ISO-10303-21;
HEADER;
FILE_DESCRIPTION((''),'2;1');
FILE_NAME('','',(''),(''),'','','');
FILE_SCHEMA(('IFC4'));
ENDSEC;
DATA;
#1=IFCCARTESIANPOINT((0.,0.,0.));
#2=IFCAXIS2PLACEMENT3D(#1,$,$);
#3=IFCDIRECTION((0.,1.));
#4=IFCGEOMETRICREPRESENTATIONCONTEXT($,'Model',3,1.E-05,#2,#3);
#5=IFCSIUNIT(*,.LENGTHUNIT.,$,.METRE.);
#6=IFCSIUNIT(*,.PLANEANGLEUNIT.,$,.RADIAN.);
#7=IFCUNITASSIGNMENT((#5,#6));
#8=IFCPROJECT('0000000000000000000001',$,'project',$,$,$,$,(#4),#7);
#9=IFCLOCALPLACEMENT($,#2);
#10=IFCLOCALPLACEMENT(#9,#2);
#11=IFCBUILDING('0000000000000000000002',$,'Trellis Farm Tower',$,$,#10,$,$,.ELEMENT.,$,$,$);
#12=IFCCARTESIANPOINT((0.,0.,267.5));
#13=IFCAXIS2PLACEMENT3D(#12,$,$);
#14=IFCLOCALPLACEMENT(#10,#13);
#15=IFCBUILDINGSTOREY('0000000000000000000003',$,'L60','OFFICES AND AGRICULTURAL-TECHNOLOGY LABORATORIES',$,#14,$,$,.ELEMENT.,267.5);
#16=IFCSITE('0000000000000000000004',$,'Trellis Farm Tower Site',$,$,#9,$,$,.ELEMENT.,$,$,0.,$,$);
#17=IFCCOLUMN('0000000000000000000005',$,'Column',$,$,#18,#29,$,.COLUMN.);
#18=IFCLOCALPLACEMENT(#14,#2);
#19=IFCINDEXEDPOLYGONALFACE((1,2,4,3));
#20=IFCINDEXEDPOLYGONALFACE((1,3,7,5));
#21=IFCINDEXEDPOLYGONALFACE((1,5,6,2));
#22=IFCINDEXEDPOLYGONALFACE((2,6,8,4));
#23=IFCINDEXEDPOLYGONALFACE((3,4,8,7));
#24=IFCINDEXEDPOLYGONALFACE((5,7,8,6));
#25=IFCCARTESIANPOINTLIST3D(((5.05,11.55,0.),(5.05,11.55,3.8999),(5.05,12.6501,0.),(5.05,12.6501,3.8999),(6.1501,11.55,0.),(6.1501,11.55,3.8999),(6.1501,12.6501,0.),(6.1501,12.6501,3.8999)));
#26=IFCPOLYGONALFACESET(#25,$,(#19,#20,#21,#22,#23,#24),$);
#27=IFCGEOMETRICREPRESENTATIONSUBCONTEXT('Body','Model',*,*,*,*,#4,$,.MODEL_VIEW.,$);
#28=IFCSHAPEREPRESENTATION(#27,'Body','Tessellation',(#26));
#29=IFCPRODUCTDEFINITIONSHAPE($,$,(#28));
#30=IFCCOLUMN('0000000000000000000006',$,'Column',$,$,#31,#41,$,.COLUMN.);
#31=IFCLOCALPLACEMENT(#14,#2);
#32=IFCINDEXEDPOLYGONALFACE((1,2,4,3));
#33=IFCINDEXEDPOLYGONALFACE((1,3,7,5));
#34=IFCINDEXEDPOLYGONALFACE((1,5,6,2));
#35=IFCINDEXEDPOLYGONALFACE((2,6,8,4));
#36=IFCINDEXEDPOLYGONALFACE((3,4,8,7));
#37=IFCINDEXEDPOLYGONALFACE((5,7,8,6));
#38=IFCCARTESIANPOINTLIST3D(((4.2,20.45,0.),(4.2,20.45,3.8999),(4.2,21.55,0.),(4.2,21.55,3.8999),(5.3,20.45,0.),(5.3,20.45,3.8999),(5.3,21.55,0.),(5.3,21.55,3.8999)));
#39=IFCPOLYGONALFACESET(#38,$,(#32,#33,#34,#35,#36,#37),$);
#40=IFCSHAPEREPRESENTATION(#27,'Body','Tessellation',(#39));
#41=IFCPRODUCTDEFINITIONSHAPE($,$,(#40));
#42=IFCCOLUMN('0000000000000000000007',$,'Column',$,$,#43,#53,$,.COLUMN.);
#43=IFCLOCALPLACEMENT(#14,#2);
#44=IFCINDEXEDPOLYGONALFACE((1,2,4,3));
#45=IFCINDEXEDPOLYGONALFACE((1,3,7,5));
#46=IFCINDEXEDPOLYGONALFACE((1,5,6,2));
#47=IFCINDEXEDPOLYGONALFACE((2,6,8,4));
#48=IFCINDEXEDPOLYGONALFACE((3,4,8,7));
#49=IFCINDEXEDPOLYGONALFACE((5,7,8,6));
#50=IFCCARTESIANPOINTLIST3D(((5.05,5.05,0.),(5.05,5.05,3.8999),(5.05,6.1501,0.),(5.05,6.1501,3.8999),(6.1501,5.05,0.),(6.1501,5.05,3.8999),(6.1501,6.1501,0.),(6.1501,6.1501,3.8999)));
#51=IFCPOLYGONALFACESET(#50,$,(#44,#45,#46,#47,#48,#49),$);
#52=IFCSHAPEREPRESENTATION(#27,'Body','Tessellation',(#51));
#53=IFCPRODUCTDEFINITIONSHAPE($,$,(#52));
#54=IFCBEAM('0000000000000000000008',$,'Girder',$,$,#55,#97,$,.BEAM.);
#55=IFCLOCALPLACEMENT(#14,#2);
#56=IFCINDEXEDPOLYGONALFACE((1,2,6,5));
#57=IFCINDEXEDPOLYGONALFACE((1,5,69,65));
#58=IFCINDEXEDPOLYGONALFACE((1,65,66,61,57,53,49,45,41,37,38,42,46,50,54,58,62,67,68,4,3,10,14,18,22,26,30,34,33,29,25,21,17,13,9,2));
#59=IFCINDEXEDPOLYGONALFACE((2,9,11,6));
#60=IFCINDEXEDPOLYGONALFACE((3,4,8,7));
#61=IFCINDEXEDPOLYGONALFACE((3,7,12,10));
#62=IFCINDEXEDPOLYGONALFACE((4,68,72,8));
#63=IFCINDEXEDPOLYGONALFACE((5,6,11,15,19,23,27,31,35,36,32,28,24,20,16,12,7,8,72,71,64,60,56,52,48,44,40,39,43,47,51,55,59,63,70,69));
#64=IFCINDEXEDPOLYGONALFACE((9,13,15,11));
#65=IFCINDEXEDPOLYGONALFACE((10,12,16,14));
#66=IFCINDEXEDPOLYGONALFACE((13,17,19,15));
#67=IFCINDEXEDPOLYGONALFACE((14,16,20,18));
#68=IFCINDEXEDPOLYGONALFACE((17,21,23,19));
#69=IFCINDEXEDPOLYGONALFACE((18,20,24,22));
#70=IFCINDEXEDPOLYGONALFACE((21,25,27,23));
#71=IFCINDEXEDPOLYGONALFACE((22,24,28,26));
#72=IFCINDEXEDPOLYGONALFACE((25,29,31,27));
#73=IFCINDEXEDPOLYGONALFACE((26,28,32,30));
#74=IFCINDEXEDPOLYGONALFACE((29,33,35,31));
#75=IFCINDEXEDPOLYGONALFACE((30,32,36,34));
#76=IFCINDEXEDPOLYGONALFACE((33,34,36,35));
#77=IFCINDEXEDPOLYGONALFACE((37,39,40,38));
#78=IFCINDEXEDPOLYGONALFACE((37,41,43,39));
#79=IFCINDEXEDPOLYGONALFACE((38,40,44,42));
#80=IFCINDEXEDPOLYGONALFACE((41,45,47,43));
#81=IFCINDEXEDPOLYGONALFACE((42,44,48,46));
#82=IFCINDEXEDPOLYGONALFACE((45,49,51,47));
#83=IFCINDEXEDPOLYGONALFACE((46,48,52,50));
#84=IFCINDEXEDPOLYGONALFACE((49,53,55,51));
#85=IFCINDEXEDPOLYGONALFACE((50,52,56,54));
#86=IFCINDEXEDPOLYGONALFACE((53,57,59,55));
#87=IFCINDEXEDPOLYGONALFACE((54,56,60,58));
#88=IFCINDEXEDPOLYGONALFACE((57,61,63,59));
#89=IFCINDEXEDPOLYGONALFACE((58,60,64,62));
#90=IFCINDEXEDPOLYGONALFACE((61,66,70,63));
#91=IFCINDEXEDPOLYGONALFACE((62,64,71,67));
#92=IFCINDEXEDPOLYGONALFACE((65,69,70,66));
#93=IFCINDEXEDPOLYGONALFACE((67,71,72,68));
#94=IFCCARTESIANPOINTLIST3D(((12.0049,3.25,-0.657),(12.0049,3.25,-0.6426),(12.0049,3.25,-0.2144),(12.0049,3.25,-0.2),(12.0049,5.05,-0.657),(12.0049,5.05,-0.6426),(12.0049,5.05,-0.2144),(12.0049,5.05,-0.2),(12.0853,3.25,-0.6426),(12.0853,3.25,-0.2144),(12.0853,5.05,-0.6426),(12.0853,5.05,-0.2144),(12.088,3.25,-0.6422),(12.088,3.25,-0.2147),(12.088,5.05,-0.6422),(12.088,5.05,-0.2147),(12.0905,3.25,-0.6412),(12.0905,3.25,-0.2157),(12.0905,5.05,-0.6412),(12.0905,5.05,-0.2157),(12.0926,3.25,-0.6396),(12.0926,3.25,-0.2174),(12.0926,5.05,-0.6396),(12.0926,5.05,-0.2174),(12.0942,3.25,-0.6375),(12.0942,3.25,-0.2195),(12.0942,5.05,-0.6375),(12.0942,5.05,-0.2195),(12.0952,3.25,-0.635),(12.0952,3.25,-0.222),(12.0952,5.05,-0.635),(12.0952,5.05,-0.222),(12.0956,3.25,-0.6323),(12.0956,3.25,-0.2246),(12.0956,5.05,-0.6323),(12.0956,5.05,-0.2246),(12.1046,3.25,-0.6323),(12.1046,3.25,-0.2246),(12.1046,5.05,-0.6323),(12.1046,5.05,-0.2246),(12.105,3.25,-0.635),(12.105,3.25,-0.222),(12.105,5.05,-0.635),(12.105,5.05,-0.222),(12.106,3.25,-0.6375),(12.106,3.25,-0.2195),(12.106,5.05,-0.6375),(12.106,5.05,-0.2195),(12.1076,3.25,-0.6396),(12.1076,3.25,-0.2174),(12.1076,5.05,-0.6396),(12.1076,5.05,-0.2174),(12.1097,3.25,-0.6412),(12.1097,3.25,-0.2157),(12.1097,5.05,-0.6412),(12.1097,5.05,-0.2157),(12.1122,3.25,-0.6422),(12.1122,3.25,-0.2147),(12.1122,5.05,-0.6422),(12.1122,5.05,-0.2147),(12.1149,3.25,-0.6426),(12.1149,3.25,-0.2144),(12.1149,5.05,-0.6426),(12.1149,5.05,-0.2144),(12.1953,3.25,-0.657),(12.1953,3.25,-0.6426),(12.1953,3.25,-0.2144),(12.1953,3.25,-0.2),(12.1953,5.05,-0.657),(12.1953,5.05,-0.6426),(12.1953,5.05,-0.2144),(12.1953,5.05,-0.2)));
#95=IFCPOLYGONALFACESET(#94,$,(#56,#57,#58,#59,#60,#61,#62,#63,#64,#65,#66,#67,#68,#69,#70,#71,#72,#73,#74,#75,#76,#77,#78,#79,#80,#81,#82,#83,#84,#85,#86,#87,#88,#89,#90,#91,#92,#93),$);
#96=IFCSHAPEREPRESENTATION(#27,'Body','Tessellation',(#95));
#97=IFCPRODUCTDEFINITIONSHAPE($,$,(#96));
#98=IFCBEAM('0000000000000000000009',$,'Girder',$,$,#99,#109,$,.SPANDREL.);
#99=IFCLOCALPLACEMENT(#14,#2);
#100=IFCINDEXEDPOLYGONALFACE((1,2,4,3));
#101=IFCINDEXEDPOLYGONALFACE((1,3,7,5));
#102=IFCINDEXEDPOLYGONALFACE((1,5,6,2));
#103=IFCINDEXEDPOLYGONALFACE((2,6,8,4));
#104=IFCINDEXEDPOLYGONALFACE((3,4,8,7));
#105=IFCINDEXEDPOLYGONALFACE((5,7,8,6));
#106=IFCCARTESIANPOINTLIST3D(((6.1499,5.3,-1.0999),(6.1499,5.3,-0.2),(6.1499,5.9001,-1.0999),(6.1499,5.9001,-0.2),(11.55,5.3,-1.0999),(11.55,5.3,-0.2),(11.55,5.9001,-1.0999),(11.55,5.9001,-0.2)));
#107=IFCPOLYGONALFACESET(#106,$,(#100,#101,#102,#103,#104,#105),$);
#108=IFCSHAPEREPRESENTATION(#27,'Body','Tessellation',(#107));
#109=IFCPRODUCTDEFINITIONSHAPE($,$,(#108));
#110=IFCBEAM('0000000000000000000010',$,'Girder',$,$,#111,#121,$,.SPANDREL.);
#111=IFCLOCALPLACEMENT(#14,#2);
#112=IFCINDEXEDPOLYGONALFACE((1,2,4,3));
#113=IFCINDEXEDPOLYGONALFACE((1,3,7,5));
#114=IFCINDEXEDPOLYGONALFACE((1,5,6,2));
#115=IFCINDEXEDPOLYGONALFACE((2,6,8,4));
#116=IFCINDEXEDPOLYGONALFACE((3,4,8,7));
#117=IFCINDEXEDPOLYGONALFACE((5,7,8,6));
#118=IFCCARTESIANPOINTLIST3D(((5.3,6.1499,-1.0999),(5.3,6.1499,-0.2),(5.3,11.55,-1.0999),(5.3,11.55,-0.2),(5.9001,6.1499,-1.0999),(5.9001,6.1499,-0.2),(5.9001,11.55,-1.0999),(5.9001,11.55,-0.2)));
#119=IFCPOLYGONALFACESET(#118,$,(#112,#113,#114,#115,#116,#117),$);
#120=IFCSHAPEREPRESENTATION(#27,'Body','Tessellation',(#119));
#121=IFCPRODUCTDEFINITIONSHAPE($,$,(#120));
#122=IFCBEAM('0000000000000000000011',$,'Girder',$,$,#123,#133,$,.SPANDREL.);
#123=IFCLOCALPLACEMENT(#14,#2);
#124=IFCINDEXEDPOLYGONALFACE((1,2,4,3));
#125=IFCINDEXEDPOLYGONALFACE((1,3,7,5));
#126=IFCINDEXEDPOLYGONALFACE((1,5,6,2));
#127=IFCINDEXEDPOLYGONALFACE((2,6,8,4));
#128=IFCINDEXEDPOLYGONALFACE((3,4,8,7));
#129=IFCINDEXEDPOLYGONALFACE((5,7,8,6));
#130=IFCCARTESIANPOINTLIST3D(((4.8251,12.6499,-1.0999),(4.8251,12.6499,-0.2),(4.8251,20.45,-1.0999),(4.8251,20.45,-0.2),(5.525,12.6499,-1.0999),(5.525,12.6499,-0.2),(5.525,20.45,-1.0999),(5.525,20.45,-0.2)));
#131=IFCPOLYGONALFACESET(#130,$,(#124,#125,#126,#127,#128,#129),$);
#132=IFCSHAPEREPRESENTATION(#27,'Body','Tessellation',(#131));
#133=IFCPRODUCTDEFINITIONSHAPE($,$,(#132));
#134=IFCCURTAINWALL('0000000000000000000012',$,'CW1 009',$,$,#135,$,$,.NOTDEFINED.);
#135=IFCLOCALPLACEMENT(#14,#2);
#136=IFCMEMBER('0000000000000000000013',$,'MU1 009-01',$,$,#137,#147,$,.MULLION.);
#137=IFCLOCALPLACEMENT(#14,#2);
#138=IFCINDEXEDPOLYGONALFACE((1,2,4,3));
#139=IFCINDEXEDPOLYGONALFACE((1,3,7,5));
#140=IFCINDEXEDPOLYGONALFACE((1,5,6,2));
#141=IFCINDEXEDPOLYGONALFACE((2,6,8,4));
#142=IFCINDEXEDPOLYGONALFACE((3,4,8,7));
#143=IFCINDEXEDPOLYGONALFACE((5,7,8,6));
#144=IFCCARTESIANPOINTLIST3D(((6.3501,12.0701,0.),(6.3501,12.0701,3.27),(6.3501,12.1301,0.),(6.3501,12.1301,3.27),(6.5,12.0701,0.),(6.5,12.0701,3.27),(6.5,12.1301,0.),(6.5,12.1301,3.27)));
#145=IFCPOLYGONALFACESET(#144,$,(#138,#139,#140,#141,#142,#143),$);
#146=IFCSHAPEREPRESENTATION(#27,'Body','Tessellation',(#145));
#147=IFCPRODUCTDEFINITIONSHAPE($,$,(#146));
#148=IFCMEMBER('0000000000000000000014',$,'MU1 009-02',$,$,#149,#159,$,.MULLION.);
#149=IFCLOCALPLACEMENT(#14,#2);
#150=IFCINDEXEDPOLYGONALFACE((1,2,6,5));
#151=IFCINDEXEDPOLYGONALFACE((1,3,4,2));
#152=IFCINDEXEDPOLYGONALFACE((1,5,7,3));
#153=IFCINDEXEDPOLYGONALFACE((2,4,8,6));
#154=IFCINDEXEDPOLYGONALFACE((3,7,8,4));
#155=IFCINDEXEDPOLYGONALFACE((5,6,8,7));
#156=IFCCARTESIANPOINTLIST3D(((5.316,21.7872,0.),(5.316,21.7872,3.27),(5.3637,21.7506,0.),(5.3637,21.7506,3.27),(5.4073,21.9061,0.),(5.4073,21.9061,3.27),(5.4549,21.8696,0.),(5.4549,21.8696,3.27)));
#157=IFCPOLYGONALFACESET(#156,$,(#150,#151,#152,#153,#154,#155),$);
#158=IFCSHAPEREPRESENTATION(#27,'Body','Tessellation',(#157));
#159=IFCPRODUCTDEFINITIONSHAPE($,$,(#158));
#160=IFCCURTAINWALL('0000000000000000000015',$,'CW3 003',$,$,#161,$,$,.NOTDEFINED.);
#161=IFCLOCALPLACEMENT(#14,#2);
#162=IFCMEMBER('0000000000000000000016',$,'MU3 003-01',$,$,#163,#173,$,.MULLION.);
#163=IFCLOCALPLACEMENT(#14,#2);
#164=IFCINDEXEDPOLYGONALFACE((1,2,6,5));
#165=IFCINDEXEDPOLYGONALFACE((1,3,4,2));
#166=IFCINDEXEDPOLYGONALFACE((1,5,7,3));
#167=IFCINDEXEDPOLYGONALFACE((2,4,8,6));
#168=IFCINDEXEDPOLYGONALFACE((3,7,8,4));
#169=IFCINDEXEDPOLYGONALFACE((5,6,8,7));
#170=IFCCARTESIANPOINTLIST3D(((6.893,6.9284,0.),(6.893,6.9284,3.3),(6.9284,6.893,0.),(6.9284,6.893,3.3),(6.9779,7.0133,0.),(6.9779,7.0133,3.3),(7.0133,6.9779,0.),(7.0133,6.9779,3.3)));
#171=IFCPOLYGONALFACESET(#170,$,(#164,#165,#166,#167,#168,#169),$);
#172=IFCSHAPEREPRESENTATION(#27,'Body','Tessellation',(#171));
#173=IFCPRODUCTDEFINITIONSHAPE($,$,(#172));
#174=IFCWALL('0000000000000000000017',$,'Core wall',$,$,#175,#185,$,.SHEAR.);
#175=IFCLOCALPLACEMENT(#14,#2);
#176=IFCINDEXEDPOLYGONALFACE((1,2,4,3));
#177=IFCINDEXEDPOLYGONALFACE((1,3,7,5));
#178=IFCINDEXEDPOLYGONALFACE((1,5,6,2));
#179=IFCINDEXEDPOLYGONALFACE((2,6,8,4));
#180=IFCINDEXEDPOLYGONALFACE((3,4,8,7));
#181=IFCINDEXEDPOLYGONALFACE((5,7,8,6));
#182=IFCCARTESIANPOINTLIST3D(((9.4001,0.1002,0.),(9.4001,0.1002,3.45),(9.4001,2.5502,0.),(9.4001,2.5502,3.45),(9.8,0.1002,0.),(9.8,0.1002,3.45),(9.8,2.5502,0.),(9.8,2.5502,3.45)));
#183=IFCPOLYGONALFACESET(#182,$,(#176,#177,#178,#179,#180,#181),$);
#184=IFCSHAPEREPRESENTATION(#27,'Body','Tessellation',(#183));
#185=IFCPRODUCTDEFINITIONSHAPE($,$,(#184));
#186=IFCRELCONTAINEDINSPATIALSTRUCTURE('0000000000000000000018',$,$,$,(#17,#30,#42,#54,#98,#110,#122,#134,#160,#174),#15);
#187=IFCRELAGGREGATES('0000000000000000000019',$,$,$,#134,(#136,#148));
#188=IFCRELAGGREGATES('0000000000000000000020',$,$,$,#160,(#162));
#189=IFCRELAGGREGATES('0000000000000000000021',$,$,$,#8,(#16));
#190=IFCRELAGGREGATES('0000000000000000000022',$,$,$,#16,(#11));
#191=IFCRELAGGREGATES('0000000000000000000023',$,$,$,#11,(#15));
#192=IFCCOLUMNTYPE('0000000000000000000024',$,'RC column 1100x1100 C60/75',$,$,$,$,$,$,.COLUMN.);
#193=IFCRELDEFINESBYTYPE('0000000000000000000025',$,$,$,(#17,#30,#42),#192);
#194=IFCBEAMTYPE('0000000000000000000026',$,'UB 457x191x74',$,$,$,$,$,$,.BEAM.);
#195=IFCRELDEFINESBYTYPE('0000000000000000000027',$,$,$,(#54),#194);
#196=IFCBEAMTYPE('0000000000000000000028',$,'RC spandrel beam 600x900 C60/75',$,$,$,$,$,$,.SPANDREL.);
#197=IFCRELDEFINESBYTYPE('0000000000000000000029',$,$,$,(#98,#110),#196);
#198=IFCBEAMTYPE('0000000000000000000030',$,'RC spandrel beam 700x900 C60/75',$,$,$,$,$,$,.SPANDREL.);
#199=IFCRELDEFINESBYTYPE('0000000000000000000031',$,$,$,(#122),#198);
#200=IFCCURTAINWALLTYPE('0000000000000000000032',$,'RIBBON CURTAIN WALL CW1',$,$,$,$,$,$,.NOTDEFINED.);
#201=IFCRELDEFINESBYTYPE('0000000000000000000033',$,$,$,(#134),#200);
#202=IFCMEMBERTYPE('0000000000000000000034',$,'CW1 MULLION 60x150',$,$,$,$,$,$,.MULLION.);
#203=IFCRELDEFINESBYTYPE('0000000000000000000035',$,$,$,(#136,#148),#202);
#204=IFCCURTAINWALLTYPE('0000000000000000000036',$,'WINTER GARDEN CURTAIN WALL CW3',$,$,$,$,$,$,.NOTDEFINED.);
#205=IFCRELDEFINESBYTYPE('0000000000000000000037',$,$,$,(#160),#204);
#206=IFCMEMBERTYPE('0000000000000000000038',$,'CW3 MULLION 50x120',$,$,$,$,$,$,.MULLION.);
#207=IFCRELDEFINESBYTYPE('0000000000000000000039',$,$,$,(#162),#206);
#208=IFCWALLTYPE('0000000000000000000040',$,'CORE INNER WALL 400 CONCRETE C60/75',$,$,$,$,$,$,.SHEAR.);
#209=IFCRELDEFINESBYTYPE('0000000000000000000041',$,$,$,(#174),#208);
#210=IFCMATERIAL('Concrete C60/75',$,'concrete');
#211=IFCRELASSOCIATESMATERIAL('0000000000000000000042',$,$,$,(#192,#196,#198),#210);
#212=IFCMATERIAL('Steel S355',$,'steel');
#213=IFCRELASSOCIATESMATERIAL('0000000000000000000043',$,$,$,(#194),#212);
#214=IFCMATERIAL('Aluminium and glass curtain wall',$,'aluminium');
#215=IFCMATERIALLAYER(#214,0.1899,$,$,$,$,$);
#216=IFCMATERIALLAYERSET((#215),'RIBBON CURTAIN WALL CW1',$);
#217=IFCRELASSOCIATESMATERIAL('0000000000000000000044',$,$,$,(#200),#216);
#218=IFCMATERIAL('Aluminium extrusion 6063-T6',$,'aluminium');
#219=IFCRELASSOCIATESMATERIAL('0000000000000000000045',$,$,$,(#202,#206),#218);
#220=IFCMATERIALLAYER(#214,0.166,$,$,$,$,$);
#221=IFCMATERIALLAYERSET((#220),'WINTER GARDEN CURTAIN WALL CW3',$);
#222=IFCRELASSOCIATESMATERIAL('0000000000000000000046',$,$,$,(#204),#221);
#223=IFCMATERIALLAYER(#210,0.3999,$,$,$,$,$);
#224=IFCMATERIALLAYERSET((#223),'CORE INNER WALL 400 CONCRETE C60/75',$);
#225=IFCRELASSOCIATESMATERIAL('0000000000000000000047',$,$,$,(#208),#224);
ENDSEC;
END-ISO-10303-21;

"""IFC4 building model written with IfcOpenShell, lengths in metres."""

from ifc_helpers import new_model, si_unit, direction, frame, frame_2d, origin, origin_2d, place, context, subcontext, project, spatial, rectangle, i_section, extrude, source, transform, mapped, material, layer, layer_set, material_profile, profile_set, type_object, element, aggregate, save


model = new_model("IFC4")

# Units and contexts
model_context = context("Model", 3, precision=1e-05, world=origin(), true_north=direction((0.0, 1.0)))
body_context = subcontext(model_context, "Body", "Model", "MODEL_VIEW")
ifc_project = project(units=[si_unit("LENGTHUNIT", "METRE"), si_unit("PLANEANGLEUNIT", "RADIAN")], contexts=[model_context])

# Site, building, storey
site_placement = place(None, origin())
site = spatial("IfcSite", under=ifc_project, at=site_placement, Name="Trellis Farm Tower Site", CompositionType="ELEMENT", RefElevation=0.0)
building_placement = place(site_placement, origin())
building = spatial("IfcBuilding", under=site, at=building_placement, Name="Trellis Farm Tower", CompositionType="ELEMENT")
storey_placement = place(building_placement, frame((0.0, 0.0, 267.5)))
storey = spatial("IfcBuildingStorey", under=building, at=storey_placement, Name="L60", Description="OFFICES AND AGRICULTURAL-TECHNOLOGY LABORATORIES", CompositionType="ELEMENT", Elevation=267.5)

# Columns
ifc_material_1 = material(Name="Concrete C60/75", Category="concrete")
ifc_material_profile_1 = material_profile(ifc_material_1, rectangle(XDim=1.1001, YDim=1.1001, at=origin_2d()), Name="RC column 1100x1100 C60/75")
ifc_profile_set_1 = profile_set([ifc_material_profile_1], Name="Concrete C60/75")
column_type = type_object("IfcColumnType", Name="RC column 1100x1100 C60/75", PredefinedType="COLUMN", material=ifc_profile_set_1)
shared_shape_1 = source(origin(), body_context, "Body", "SweptSolid", [
    extrude(rectangle(XDim=1.1001, YDim=1.1001, at=origin_2d()), origin(), (0.0, 0.0, 1.0), 3.8999),
])
for number, where, z_axis, x_axis, name in (
    (1, (5.6001, 12.1001, 0.0), (0.0, 0.0, 1.0), (1.0, 0.0, 0.0), "Column"),
    (2, (4.75, 21.0, 0.0), (0.0, 0.0, 1.0), (1.0, 0.0, 0.0), "Column"),
    (3, (5.6001, 5.6001, 0.0), (0.0, 0.0, 1.0), (1.0, 0.0, 0.0), "Column"),
):
    element("IfcColumn", number, at=place(storey_placement, frame(where, z_axis=z_axis, x_axis=x_axis)), inside=storey, type_object=column_type, Name=name, PredefinedType="COLUMN", context=body_context, shape_type="MappedRepresentation", body=[
        mapped(shared_shape_1, transform((0.0, 0.0, 0.0))),
    ])

# Beams
ifc_material_2 = material(Name="Steel S355", Category="steel")
ifc_material_profile_2 = material_profile(ifc_material_2, i_section(OverallWidth=0.1904, OverallDepth=0.457, WebThickness=0.009, FlangeThickness=0.0144, FilletRadius=0.0103, at=origin_2d()), Name="UB 457x191x74")
ifc_profile_set_2 = profile_set([ifc_material_profile_2], Name="Steel S355")
beam_type_1 = type_object("IfcBeamType", Name="UB 457x191x74", PredefinedType="BEAM", material=ifc_profile_set_2)
shared_shape_2 = source(origin(), body_context, "Body", "SweptSolid", [
    extrude(i_section(OverallWidth=0.1904, OverallDepth=0.457, WebThickness=0.009, FlangeThickness=0.0144, FilletRadius=0.0103, at=origin_2d()), origin(), (0.0, 0.0, 1.0), 1.8),
])
beam_1_placement = place(storey_placement, frame((12.1001, 3.25, -0.4285), z_axis=(0.0, 1.0, 0.0), x_axis=(-1.0, 0.0, 0.0)))
element("IfcBeam", 4, at=beam_1_placement, inside=storey, type_object=beam_type_1, Name="Girder", PredefinedType="BEAM", context=body_context, shape_type="MappedRepresentation", body=[
    mapped(shared_shape_2, transform((0.0, 0.0, 0.0))),
])
ifc_material_profile_3 = material_profile(ifc_material_1, rectangle(XDim=0.6001, YDim=0.8999, at=origin_2d()), Name="RC spandrel beam 600x900 C60/75")
ifc_profile_set_3 = profile_set([ifc_material_profile_3], Name="Concrete C60/75")
beam_type_2 = type_object("IfcBeamType", Name="RC spandrel beam 600x900 C60/75", PredefinedType="SPANDREL", material=ifc_profile_set_3)
shared_shape_3 = source(origin(), body_context, "Body", "SweptSolid", [
    extrude(rectangle(XDim=0.6001, YDim=0.8999, at=origin_2d()), origin(), (0.0, 0.0, 1.0), 5.4001),
])
for number, where, z_axis, x_axis, name in (
    (5, (6.1499, 5.6001, -0.6499), (1.0, 0.0, 0.0), (0.0, 1.0, 0.0), "Girder"),
    (6, (5.6001, 6.1499, -0.6499), (0.0, 1.0, 0.0), (-1.0, 0.0, 0.0), "Girder"),
):
    element("IfcBeam", number, at=place(storey_placement, frame(where, z_axis=z_axis, x_axis=x_axis)), inside=storey, type_object=beam_type_2, Name=name, PredefinedType="SPANDREL", context=body_context, shape_type="MappedRepresentation", body=[
        mapped(shared_shape_3, transform((0.0, 0.0, 0.0))),
    ])
ifc_material_profile_4 = material_profile(ifc_material_1, rectangle(XDim=0.7, YDim=0.8999, at=origin_2d()), Name="RC spandrel beam 700x900 C60/75")
ifc_profile_set_4 = profile_set([ifc_material_profile_4], Name="Concrete C60/75")
beam_type_3 = type_object("IfcBeamType", Name="RC spandrel beam 700x900 C60/75", PredefinedType="SPANDREL", material=ifc_profile_set_4)
shared_shape_4 = source(origin(), body_context, "Body", "SweptSolid", [
    extrude(rectangle(XDim=0.7, YDim=0.8999, at=origin_2d()), origin(), (0.0, 0.0, 1.0), 7.8),
])
beam_2_placement = place(storey_placement, frame((5.175, 12.6499, -0.6499), z_axis=(0.0, 1.0, 0.0), x_axis=(-1.0, 0.0, 0.0)))
element("IfcBeam", 7, at=beam_2_placement, inside=storey, type_object=beam_type_3, Name="Girder", PredefinedType="SPANDREL", context=body_context, shape_type="MappedRepresentation", body=[
    mapped(shared_shape_4, transform((0.0, 0.0, 0.0))),
])

# Curtain wall, members
ifc_material_3 = material(Name="Aluminium and glass curtain wall", Category="aluminium")
ifc_layer_1 = layer(ifc_material_3, 0.1899)
ifc_layer_set_1 = layer_set([ifc_layer_1], Name="RIBBON CURTAIN WALL CW1")
curtain_wall_type_1 = type_object("IfcCurtainWallType", Name="RIBBON CURTAIN WALL CW1", PredefinedType="NOTDEFINED", material=ifc_layer_set_1)
placement = place(storey_placement, origin())
curtain_wall_1 = element("IfcCurtainWall", 8, at=placement, inside=storey, type_object=curtain_wall_type_1, Name="CW1 009", PredefinedType="NOTDEFINED")
ifc_material_4 = material(Name="Aluminium extrusion 6063-T6", Category="aluminium")
ifc_material_profile_5 = material_profile(ifc_material_4, rectangle(XDim=0.0601, YDim=0.1499, at=origin_2d()), Name="MULLION 60x150")
ifc_profile_set_5 = profile_set([ifc_material_profile_5], Name="Aluminium extrusion 6063-T6")
member_type_1 = type_object("IfcMemberType", Name="CW1 MULLION 60x150", PredefinedType="MULLION", material=ifc_profile_set_5)
shared_shape_5 = source(origin(), body_context, "Body", "SweptSolid", [
    extrude(rectangle(XDim=0.0601, YDim=0.1499, at=origin_2d()), origin(), (0.0, 0.0, 1.0), 3.27),
])
member_1_placement = place(storey_placement, frame((6.425, 12.1001, 0.0), z_axis=(0.0, 0.0, 1.0), x_axis=(0.0, 1.0, 0.0)))
member_1 = element("IfcMember", 9, at=member_1_placement, type_object=member_type_1, Name="MU1 009-01", PredefinedType="MULLION", context=body_context, shape_type="MappedRepresentation", body=[
    mapped(shared_shape_5, transform((0.0, 0.0, 0.0))),
])
member_2_placement = place(storey_placement, frame((5.3855, 21.8284, 0.0), z_axis=(0.0, 0.0, 1.0), x_axis=(-0.793353, 0.608761, 0.0)))
member_2 = element("IfcMember", 10, at=member_2_placement, type_object=member_type_1, Name="MU1 009-02", PredefinedType="MULLION", context=body_context, shape_type="MappedRepresentation", body=[
    mapped(shared_shape_5, transform((0.0, 0.0, 0.0))),
])
aggregate(curtain_wall_1, [member_1, member_2])

# Curtain wall, member
ifc_layer_2 = layer(ifc_material_3, 0.166)
ifc_layer_set_2 = layer_set([ifc_layer_2], Name="WINTER GARDEN CURTAIN WALL CW3")
curtain_wall_type_2 = type_object("IfcCurtainWallType", Name="WINTER GARDEN CURTAIN WALL CW3", PredefinedType="NOTDEFINED", material=ifc_layer_set_2)
curtain_wall_2 = element("IfcCurtainWall", 11, at=placement, inside=storey, type_object=curtain_wall_type_2, Name="CW3 003", PredefinedType="NOTDEFINED")
ifc_material_profile_6 = material_profile(ifc_material_4, rectangle(XDim=0.05, YDim=0.1201, at=origin_2d()), Name="MULLION 50x120")
ifc_profile_set_6 = profile_set([ifc_material_profile_6], Name="Aluminium extrusion 6063-T6")
member_type_2 = type_object("IfcMemberType", Name="CW3 MULLION 50x120", PredefinedType="MULLION", material=ifc_profile_set_6)
shared_shape_6 = source(origin(), body_context, "Body", "SweptSolid", [
    extrude(rectangle(XDim=0.05, YDim=0.1201, at=origin_2d()), origin(), (0.0, 0.0, 1.0), 3.3),
])
member_3_placement = place(storey_placement, frame((6.9531, 6.9531, 0.0), z_axis=(0.0, 0.0, 1.0), x_axis=(-0.707107, 0.707107, 0.0)))
member_3 = element("IfcMember", 12, at=member_3_placement, type_object=member_type_2, Name="MU3 003-01", PredefinedType="MULLION", context=body_context, shape_type="MappedRepresentation", body=[
    mapped(shared_shape_6, transform((0.0, 0.0, 0.0))),
])
aggregate(curtain_wall_2, [member_3])

# Wall
ifc_layer_3 = layer(ifc_material_1, 0.3999)
ifc_layer_set_3 = layer_set([ifc_layer_3], Name="CORE INNER WALL 400 CONCRETE C60/75")
wall_type_1 = type_object("IfcWallType", Name="CORE INNER WALL 400 CONCRETE C60/75", PredefinedType="SHEAR", material=ifc_layer_set_3)
shared_shape_7 = source(origin(), body_context, "Body", "SweptSolid", [
    extrude(rectangle(XDim=2.45, YDim=0.3999, at=frame_2d((1.2251, 0.0))), origin(), (0.0, 0.0, 1.0), 3.45),
])
wall_1_placement = place(storey_placement, frame((9.6001, 0.1001, 0.0), z_axis=(0.0, 0.0, 1.0), x_axis=(0.0, 1.0, 0.0)))
element("IfcWall", 13, at=wall_1_placement, inside=storey, type_object=wall_type_1, Name="Core wall", PredefinedType="SHEAR", context=body_context, shape_type="MappedRepresentation", body=[
    mapped(shared_shape_7, transform((0.0, 0.0, 0.0))),
])

save(model, "model.ifc")
